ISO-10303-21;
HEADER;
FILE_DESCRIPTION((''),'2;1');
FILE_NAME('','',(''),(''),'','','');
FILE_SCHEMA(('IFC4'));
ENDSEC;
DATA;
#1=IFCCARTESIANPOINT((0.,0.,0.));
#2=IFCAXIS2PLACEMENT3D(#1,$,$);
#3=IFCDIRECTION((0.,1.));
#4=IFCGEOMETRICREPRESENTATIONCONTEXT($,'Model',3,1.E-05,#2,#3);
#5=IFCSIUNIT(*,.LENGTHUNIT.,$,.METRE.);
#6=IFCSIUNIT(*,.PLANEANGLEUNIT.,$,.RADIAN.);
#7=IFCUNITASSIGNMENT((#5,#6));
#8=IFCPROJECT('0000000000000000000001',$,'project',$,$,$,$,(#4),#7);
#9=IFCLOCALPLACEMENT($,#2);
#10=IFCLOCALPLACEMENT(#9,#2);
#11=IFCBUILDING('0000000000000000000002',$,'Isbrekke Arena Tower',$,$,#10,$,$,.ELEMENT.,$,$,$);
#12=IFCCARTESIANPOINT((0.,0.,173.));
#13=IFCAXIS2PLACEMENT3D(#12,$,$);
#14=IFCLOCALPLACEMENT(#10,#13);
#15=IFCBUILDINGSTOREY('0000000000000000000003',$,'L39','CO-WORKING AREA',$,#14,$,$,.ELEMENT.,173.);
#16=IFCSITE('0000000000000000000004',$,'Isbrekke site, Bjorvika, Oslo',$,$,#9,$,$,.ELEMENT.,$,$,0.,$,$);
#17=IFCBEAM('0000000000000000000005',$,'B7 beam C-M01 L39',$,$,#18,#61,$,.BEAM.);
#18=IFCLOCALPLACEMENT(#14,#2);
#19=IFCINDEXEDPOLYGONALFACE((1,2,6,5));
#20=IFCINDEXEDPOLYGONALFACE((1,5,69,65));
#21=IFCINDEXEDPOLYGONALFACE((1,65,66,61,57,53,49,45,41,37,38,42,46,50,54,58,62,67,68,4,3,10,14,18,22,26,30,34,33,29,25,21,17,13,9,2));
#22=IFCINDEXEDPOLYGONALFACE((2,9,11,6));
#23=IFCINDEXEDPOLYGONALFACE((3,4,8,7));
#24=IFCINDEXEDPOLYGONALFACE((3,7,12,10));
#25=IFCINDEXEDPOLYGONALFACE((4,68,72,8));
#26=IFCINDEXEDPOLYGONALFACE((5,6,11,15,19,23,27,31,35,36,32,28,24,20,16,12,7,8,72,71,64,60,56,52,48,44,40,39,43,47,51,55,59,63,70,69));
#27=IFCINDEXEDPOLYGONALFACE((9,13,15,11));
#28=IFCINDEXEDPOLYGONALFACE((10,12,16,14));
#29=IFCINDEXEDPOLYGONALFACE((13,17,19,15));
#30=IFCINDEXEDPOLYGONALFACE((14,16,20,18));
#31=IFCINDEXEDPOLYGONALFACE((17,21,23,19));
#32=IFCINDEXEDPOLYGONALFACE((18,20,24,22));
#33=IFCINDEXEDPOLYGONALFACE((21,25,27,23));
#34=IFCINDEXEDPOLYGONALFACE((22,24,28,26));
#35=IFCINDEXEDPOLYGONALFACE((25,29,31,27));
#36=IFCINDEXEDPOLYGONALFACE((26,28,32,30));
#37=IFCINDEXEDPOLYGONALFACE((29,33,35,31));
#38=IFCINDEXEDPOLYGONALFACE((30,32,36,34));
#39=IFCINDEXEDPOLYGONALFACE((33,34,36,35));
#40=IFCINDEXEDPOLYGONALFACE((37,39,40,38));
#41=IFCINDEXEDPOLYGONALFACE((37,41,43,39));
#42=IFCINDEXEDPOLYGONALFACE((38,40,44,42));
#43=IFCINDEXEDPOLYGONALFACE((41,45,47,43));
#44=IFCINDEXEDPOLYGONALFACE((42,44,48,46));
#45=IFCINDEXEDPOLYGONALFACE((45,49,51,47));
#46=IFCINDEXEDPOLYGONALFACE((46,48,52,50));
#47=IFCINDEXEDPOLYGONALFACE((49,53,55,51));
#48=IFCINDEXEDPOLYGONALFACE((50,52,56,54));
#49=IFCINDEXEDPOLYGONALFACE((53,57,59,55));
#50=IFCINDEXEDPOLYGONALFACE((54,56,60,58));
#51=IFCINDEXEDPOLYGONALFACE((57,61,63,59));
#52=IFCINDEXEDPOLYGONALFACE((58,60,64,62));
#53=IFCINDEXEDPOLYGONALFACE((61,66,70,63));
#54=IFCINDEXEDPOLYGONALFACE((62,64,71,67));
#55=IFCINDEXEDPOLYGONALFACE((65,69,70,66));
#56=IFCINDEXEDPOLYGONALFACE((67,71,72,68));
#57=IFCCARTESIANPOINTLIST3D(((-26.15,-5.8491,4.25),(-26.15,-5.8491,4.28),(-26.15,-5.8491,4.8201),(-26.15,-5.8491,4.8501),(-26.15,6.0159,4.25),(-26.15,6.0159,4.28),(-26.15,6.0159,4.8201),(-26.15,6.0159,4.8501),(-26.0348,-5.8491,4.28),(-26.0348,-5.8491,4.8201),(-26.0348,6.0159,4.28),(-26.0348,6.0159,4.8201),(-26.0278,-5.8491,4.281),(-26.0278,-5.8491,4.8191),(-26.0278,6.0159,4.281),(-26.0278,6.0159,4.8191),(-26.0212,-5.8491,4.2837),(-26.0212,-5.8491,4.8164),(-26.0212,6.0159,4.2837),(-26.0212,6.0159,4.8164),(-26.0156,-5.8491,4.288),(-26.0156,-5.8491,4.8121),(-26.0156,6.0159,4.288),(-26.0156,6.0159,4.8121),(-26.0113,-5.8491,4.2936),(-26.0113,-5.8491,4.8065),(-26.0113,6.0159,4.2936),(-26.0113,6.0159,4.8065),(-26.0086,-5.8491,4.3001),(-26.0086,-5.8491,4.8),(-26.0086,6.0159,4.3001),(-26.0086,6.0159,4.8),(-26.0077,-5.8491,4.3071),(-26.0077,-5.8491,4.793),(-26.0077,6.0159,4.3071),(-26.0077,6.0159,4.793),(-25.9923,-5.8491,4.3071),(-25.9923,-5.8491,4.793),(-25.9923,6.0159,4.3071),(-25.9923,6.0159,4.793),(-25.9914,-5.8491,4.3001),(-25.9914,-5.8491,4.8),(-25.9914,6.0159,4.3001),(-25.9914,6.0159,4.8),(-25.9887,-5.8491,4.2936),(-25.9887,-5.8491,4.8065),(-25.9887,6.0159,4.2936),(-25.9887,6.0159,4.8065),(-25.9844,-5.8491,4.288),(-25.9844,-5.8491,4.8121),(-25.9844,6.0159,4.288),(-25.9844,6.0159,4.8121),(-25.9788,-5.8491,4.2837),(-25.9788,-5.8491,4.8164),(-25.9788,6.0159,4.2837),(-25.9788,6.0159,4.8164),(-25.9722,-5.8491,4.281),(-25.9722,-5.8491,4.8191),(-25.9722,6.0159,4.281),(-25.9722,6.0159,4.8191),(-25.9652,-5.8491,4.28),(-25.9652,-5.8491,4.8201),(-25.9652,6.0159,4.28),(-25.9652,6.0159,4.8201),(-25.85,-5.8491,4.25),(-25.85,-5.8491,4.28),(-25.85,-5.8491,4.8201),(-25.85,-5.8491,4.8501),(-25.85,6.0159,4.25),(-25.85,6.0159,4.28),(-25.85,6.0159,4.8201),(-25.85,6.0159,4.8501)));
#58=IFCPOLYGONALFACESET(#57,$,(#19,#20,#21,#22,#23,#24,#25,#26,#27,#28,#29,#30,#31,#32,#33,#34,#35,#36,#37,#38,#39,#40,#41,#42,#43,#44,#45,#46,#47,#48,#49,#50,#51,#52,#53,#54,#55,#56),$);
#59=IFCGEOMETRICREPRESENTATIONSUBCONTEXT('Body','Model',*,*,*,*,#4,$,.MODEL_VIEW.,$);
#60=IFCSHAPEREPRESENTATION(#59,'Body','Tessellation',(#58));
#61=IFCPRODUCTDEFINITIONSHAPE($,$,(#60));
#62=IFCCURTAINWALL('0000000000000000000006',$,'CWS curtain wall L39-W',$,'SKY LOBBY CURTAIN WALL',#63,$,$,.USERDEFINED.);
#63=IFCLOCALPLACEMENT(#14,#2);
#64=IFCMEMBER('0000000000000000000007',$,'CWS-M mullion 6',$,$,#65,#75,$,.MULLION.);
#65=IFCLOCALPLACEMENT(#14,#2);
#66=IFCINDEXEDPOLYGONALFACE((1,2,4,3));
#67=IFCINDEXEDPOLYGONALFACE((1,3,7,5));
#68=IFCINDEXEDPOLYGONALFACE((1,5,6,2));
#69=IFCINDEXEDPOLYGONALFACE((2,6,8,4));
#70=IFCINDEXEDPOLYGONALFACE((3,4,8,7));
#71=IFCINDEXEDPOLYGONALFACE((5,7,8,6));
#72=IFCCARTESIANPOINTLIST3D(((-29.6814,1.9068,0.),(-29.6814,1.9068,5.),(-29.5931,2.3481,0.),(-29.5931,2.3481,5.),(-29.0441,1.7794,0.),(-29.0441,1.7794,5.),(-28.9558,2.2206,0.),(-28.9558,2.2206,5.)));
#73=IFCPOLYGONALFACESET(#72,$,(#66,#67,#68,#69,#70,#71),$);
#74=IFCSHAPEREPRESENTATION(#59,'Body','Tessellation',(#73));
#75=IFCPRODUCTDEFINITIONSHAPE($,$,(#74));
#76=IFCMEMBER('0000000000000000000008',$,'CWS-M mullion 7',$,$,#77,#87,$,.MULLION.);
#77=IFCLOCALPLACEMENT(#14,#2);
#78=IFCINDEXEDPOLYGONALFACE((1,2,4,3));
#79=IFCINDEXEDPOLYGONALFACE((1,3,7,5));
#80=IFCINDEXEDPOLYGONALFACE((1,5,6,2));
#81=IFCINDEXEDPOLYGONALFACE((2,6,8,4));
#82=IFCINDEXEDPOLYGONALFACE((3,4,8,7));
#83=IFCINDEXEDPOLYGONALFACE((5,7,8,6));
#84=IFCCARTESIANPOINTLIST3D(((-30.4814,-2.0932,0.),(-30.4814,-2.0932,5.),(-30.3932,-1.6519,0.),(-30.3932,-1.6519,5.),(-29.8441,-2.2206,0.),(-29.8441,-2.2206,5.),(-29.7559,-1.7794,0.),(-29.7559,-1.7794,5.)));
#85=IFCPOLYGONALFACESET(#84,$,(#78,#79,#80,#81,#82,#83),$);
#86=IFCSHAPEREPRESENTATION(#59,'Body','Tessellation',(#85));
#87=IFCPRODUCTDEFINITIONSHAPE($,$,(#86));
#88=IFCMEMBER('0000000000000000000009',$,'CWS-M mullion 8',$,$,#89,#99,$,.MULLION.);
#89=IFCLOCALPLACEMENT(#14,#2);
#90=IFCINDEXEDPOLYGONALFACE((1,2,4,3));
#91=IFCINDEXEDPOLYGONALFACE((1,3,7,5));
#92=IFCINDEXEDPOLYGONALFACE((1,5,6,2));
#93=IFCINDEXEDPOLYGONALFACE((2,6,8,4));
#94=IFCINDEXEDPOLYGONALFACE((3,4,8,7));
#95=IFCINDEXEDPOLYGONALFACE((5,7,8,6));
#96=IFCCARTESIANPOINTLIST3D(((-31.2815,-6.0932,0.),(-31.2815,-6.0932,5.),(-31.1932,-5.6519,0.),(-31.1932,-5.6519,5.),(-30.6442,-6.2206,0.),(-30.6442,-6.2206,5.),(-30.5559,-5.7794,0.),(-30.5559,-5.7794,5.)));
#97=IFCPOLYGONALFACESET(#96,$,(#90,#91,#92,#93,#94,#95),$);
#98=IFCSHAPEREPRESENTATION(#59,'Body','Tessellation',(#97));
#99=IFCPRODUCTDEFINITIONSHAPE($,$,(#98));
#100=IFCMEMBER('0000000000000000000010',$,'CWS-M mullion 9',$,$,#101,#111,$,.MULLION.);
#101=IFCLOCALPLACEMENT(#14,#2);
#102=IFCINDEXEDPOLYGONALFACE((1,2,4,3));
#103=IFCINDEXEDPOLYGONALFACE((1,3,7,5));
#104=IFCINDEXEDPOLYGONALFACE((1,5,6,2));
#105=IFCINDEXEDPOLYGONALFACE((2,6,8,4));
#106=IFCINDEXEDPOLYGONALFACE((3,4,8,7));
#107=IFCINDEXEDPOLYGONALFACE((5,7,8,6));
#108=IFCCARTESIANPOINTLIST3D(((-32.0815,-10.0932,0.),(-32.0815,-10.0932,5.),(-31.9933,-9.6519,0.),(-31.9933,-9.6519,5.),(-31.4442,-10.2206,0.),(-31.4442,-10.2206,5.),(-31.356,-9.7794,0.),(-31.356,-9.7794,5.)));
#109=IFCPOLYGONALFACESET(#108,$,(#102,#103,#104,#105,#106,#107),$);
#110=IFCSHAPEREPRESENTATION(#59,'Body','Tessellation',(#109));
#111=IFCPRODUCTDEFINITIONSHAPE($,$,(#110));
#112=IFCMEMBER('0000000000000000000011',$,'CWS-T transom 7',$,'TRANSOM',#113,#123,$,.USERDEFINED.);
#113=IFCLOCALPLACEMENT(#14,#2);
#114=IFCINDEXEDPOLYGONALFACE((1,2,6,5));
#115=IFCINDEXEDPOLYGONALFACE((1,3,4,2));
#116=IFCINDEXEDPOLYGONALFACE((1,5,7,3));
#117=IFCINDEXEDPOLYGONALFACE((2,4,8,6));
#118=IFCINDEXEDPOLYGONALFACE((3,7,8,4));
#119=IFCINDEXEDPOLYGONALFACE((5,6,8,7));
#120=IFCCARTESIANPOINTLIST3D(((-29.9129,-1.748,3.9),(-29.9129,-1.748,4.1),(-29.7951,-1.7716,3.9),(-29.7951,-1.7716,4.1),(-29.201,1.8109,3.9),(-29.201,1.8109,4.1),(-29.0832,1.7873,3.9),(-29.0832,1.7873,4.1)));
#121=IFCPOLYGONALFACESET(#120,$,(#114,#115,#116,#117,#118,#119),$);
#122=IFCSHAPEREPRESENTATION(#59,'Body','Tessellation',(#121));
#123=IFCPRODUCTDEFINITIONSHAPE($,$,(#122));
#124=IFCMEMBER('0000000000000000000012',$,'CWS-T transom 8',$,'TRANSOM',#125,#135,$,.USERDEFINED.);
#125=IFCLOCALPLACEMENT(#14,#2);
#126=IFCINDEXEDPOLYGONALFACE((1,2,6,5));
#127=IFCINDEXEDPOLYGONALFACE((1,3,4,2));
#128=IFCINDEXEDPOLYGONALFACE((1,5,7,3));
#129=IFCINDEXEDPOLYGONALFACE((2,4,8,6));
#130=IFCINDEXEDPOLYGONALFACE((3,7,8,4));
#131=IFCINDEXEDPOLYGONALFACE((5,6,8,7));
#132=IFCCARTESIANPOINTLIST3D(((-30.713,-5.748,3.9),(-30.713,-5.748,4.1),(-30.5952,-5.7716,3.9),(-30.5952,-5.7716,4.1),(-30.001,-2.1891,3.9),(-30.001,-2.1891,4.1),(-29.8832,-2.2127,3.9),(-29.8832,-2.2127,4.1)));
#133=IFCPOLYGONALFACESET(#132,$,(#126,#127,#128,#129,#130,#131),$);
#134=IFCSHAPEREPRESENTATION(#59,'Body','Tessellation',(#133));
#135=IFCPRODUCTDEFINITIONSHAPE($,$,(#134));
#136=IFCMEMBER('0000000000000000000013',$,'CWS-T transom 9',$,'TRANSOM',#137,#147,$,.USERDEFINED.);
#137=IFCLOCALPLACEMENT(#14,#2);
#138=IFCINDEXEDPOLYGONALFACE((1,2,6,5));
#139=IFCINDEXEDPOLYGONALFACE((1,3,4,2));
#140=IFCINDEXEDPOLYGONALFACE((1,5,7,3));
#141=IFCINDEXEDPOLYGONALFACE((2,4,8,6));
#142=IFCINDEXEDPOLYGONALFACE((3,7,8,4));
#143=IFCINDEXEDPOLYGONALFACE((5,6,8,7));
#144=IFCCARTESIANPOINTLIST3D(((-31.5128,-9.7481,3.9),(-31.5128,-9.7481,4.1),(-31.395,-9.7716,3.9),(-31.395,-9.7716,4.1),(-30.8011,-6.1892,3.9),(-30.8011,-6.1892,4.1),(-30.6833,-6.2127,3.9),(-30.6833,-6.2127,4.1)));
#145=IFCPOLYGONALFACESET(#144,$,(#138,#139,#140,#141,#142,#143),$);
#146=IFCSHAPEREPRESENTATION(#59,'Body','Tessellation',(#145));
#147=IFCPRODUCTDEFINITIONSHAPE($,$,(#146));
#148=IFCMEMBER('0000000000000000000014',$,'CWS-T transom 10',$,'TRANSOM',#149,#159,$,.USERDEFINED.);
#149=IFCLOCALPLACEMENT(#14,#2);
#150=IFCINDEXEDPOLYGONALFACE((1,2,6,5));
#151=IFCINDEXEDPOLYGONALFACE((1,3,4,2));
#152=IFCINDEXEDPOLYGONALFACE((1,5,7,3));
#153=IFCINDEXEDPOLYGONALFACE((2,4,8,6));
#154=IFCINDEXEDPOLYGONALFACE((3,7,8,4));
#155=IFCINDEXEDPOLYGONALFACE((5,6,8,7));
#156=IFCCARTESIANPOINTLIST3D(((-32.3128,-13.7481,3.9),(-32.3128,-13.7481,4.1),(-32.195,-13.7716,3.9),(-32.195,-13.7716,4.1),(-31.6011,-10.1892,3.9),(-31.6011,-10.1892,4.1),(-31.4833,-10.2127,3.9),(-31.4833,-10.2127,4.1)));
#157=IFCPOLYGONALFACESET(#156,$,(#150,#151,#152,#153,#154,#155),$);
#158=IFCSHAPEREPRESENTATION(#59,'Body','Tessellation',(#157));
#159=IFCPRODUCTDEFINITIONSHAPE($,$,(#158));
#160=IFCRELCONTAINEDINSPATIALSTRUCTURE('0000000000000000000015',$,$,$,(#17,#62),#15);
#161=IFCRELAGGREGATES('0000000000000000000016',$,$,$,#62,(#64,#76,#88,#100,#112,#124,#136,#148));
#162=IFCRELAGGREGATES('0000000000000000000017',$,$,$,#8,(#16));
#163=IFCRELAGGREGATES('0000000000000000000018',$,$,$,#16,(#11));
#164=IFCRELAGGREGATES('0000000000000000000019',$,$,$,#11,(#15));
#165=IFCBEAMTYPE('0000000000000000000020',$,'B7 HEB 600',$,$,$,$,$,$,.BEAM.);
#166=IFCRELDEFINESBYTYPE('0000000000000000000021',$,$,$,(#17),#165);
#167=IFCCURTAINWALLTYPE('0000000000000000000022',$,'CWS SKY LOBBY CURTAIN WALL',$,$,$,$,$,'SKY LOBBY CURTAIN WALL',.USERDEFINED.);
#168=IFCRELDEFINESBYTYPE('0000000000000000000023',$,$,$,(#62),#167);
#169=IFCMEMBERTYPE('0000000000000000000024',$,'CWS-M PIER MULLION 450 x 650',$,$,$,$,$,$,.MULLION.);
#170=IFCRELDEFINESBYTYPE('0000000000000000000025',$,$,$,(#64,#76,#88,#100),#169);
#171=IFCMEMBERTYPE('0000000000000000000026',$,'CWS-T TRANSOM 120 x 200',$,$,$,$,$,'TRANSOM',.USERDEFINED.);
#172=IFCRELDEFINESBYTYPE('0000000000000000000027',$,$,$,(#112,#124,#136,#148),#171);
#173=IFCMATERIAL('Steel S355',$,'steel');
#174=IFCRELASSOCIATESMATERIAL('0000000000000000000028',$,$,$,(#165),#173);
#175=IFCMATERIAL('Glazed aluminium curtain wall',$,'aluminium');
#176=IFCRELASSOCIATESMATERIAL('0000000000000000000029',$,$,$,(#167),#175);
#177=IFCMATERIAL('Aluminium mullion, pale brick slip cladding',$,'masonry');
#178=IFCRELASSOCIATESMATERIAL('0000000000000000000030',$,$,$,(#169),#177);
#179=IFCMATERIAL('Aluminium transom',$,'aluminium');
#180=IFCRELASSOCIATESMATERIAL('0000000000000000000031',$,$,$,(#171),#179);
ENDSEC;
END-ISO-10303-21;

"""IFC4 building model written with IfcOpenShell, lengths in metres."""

from ifc_helpers import new_model, si_unit, direction, frame, origin, origin_2d, place, context, subcontext, project, spatial, rectangle, i_section, extrude, material, material_profile, profile_set, type_object, element, aggregate, save


model = new_model("IFC4")

# Units and contexts
model_context = context("Model", 3, precision=1e-05, world=origin(), true_north=direction((0.0, 1.0)))
body_context = subcontext(model_context, "Body", "Model", "MODEL_VIEW")
ifc_project = project(units=[si_unit("LENGTHUNIT", "METRE"), si_unit("PLANEANGLEUNIT", "RADIAN")], contexts=[model_context])

# Site, building, storey
site_placement = place(None, origin())
site = spatial("IfcSite", under=ifc_project, at=site_placement, Name="Isbrekke site, Bjorvika, Oslo", CompositionType="ELEMENT", RefElevation=0.0)
building_placement = place(site_placement, origin())
building = spatial("IfcBuilding", under=site, at=building_placement, Name="Isbrekke Arena Tower", CompositionType="ELEMENT")
storey_placement = place(building_placement, frame((0.0, 0.0, 173.0)))
storey = spatial("IfcBuildingStorey", under=building, at=storey_placement, Name="L39", Description="CO-WORKING AREA", CompositionType="ELEMENT", Elevation=173.0)

# Beam
ifc_material_1 = material(Name="Steel S355", Category="steel")
ifc_material_profile_1 = material_profile(ifc_material_1, i_section(OverallWidth=0.3, OverallDepth=0.6001, WebThickness=0.0154, FlangeThickness=0.03, FilletRadius=0.0271, at=origin_2d()), Name="HEB 600")
ifc_profile_set_1 = profile_set([ifc_material_profile_1], Name="Steel S355")
beam_type_1 = type_object("IfcBeamType", Name="B7 HEB 600", PredefinedType="BEAM", material=ifc_profile_set_1)
beam_1_placement = place(storey_placement, frame((-26.0, -5.8491, 4.55), z_axis=(0.0, 1.0, 0.0), x_axis=(-1.0, 0.0, 0.0)))
element("IfcBeam", 1, at=beam_1_placement, inside=storey, type_object=beam_type_1, Name="B7 beam C-M01 L39", PredefinedType="BEAM", context=body_context, shape_type="SweptSolid", body=[
    extrude(i_section(OverallWidth=0.3, OverallDepth=0.6001, WebThickness=0.0154, FlangeThickness=0.03, FilletRadius=0.0271, at=origin_2d()), origin(), (0.0, 0.0, 1.0), 11.865),
])

# Curtain wall, members
ifc_material_2 = material(Name="Glazed aluminium curtain wall", Category="aluminium")
curtain_wall_type = type_object("IfcCurtainWallType", Name="CWS SKY LOBBY CURTAIN WALL", ElementType="SKY LOBBY CURTAIN WALL", PredefinedType="USERDEFINED", material=ifc_material_2)
curtain_wall_placement = place(storey_placement, origin())
curtain_wall = element("IfcCurtainWall", 2, at=curtain_wall_placement, inside=storey, type_object=curtain_wall_type, Name="CWS curtain wall L39-W", ObjectType="SKY LOBBY CURTAIN WALL", PredefinedType="USERDEFINED")
ifc_material_3 = material(Name="Aluminium mullion, pale brick slip cladding", Category="masonry")
ifc_material_profile_2 = material_profile(ifc_material_3, rectangle(XDim=0.45, YDim=0.6499, at=origin_2d()), Name="PIER 450X650")
ifc_profile_set_2 = profile_set([ifc_material_profile_2], Name="Aluminium mullion, pale brick slip cladding")
member_type_1 = type_object("IfcMemberType", Name="CWS-M PIER MULLION 450 x 650", PredefinedType="MULLION", material=ifc_profile_set_2)
member_1_placement = place(storey_placement, frame((-29.3186, 2.0637, 0.0), z_axis=(0.0, 0.0, 1.0), x_axis=(-0.196116, -0.980581, 0.0)))
member_1 = element("IfcMember", 3, at=member_1_placement, type_object=member_type_1, Name="CWS-M mullion 6", PredefinedType="MULLION", context=body_context, shape_type="SweptSolid", body=[
    extrude(rectangle(XDim=0.45, YDim=0.6499, at=origin_2d()), origin(), (0.0, 0.0, 1.0), 5.0),
])
member_2_placement = place(storey_placement, frame((-30.1187, -1.9363, 0.0), z_axis=(0.0, 0.0, 1.0), x_axis=(-0.196116, -0.980581, 0.0)))
member_2 = element("IfcMember", 4, at=member_2_placement, type_object=member_type_1, Name="CWS-M mullion 7", PredefinedType="MULLION", context=body_context, shape_type="SweptSolid", body=[
    extrude(rectangle(XDim=0.45, YDim=0.6499, at=origin_2d()), origin(), (0.0, 0.0, 1.0), 5.0),
])
member_3_placement = place(storey_placement, frame((-30.9187, -5.9363, 0.0), z_axis=(0.0, 0.0, 1.0), x_axis=(-0.196116, -0.980581, 0.0)))
member_3 = element("IfcMember", 5, at=member_3_placement, type_object=member_type_1, Name="CWS-M mullion 8", PredefinedType="MULLION", context=body_context, shape_type="SweptSolid", body=[
    extrude(rectangle(XDim=0.45, YDim=0.6499, at=origin_2d()), origin(), (0.0, 0.0, 1.0), 5.0),
])
member_4_placement = place(storey_placement, frame((-31.7188, -9.9363, 0.0), z_axis=(0.0, 0.0, 1.0), x_axis=(-0.196116, -0.980581, 0.0)))
member_4 = element("IfcMember", 6, at=member_4_placement, type_object=member_type_1, Name="CWS-M mullion 9", PredefinedType="MULLION", context=body_context, shape_type="SweptSolid", body=[
    extrude(rectangle(XDim=0.45, YDim=0.6499, at=origin_2d()), origin(), (0.0, 0.0, 1.0), 5.0),
])
ifc_material_4 = material(Name="Aluminium transom", Category="aluminium")
ifc_material_profile_3 = material_profile(ifc_material_4, rectangle(XDim=0.1201, YDim=0.2, at=origin_2d()), Name="TRANSOM 120X200")
ifc_profile_set_3 = profile_set([ifc_material_profile_3], Name="Aluminium transom")
member_type_2 = type_object("IfcMemberType", Name="CWS-T TRANSOM 120 x 200", ElementType="TRANSOM", PredefinedType="USERDEFINED", material=ifc_profile_set_3)
member_5_placement = place(storey_placement, frame((-29.1421, 1.7991, 4.0), z_axis=(-0.196155, -0.980573, 0.0), x_axis=(0.980573, -0.196155, 0.0)))
member_5 = element("IfcMember", 7, at=member_5_placement, type_object=member_type_2, Name="CWS-T transom 7", ObjectType="TRANSOM", PredefinedType="USERDEFINED", context=body_context, shape_type="SweptSolid", body=[
    extrude(rectangle(XDim=0.1201, YDim=0.2, at=origin_2d()), origin(), (0.0, 0.0, 1.0), 3.6294),
])
member_6_placement = place(storey_placement, frame((-29.9421, -2.2009, 4.0), z_axis=(-0.196155, -0.980573, 0.0), x_axis=(0.980573, -0.196155, 0.0)))
member_6 = element("IfcMember", 8, at=member_6_placement, type_object=member_type_2, Name="CWS-T transom 8", ObjectType="TRANSOM", PredefinedType="USERDEFINED", context=body_context, shape_type="SweptSolid", body=[
    extrude(rectangle(XDim=0.1201, YDim=0.2, at=origin_2d()), origin(), (0.0, 0.0, 1.0), 3.6294),
])
member_7_placement = place(storey_placement, frame((-30.7422, -6.2009, 4.0), z_axis=(-0.19609, -0.980586, 0.0), x_axis=(0.980586, -0.19609, 0.0)))
member_7 = element("IfcMember", 9, at=member_7_placement, type_object=member_type_2, Name="CWS-T transom 9", ObjectType="TRANSOM", PredefinedType="USERDEFINED", context=body_context, shape_type="SweptSolid", body=[
    extrude(rectangle(XDim=0.1201, YDim=0.2, at=origin_2d()), origin(), (0.0, 0.0, 1.0), 3.6294),
])
member_8_placement = place(storey_placement, frame((-31.5422, -10.2009, 4.0), z_axis=(-0.19609, -0.980586, 0.0), x_axis=(0.980586, -0.19609, 0.0)))
member_8 = element("IfcMember", 10, at=member_8_placement, type_object=member_type_2, Name="CWS-T transom 10", ObjectType="TRANSOM", PredefinedType="USERDEFINED", context=body_context, shape_type="SweptSolid", body=[
    extrude(rectangle(XDim=0.1201, YDim=0.2, at=origin_2d()), origin(), (0.0, 0.0, 1.0), 3.6294),
])

aggregate(curtain_wall, [member_1, member_2, member_3, member_4, member_5, member_6, member_7, member_8])

save(model, "model.ifc")
